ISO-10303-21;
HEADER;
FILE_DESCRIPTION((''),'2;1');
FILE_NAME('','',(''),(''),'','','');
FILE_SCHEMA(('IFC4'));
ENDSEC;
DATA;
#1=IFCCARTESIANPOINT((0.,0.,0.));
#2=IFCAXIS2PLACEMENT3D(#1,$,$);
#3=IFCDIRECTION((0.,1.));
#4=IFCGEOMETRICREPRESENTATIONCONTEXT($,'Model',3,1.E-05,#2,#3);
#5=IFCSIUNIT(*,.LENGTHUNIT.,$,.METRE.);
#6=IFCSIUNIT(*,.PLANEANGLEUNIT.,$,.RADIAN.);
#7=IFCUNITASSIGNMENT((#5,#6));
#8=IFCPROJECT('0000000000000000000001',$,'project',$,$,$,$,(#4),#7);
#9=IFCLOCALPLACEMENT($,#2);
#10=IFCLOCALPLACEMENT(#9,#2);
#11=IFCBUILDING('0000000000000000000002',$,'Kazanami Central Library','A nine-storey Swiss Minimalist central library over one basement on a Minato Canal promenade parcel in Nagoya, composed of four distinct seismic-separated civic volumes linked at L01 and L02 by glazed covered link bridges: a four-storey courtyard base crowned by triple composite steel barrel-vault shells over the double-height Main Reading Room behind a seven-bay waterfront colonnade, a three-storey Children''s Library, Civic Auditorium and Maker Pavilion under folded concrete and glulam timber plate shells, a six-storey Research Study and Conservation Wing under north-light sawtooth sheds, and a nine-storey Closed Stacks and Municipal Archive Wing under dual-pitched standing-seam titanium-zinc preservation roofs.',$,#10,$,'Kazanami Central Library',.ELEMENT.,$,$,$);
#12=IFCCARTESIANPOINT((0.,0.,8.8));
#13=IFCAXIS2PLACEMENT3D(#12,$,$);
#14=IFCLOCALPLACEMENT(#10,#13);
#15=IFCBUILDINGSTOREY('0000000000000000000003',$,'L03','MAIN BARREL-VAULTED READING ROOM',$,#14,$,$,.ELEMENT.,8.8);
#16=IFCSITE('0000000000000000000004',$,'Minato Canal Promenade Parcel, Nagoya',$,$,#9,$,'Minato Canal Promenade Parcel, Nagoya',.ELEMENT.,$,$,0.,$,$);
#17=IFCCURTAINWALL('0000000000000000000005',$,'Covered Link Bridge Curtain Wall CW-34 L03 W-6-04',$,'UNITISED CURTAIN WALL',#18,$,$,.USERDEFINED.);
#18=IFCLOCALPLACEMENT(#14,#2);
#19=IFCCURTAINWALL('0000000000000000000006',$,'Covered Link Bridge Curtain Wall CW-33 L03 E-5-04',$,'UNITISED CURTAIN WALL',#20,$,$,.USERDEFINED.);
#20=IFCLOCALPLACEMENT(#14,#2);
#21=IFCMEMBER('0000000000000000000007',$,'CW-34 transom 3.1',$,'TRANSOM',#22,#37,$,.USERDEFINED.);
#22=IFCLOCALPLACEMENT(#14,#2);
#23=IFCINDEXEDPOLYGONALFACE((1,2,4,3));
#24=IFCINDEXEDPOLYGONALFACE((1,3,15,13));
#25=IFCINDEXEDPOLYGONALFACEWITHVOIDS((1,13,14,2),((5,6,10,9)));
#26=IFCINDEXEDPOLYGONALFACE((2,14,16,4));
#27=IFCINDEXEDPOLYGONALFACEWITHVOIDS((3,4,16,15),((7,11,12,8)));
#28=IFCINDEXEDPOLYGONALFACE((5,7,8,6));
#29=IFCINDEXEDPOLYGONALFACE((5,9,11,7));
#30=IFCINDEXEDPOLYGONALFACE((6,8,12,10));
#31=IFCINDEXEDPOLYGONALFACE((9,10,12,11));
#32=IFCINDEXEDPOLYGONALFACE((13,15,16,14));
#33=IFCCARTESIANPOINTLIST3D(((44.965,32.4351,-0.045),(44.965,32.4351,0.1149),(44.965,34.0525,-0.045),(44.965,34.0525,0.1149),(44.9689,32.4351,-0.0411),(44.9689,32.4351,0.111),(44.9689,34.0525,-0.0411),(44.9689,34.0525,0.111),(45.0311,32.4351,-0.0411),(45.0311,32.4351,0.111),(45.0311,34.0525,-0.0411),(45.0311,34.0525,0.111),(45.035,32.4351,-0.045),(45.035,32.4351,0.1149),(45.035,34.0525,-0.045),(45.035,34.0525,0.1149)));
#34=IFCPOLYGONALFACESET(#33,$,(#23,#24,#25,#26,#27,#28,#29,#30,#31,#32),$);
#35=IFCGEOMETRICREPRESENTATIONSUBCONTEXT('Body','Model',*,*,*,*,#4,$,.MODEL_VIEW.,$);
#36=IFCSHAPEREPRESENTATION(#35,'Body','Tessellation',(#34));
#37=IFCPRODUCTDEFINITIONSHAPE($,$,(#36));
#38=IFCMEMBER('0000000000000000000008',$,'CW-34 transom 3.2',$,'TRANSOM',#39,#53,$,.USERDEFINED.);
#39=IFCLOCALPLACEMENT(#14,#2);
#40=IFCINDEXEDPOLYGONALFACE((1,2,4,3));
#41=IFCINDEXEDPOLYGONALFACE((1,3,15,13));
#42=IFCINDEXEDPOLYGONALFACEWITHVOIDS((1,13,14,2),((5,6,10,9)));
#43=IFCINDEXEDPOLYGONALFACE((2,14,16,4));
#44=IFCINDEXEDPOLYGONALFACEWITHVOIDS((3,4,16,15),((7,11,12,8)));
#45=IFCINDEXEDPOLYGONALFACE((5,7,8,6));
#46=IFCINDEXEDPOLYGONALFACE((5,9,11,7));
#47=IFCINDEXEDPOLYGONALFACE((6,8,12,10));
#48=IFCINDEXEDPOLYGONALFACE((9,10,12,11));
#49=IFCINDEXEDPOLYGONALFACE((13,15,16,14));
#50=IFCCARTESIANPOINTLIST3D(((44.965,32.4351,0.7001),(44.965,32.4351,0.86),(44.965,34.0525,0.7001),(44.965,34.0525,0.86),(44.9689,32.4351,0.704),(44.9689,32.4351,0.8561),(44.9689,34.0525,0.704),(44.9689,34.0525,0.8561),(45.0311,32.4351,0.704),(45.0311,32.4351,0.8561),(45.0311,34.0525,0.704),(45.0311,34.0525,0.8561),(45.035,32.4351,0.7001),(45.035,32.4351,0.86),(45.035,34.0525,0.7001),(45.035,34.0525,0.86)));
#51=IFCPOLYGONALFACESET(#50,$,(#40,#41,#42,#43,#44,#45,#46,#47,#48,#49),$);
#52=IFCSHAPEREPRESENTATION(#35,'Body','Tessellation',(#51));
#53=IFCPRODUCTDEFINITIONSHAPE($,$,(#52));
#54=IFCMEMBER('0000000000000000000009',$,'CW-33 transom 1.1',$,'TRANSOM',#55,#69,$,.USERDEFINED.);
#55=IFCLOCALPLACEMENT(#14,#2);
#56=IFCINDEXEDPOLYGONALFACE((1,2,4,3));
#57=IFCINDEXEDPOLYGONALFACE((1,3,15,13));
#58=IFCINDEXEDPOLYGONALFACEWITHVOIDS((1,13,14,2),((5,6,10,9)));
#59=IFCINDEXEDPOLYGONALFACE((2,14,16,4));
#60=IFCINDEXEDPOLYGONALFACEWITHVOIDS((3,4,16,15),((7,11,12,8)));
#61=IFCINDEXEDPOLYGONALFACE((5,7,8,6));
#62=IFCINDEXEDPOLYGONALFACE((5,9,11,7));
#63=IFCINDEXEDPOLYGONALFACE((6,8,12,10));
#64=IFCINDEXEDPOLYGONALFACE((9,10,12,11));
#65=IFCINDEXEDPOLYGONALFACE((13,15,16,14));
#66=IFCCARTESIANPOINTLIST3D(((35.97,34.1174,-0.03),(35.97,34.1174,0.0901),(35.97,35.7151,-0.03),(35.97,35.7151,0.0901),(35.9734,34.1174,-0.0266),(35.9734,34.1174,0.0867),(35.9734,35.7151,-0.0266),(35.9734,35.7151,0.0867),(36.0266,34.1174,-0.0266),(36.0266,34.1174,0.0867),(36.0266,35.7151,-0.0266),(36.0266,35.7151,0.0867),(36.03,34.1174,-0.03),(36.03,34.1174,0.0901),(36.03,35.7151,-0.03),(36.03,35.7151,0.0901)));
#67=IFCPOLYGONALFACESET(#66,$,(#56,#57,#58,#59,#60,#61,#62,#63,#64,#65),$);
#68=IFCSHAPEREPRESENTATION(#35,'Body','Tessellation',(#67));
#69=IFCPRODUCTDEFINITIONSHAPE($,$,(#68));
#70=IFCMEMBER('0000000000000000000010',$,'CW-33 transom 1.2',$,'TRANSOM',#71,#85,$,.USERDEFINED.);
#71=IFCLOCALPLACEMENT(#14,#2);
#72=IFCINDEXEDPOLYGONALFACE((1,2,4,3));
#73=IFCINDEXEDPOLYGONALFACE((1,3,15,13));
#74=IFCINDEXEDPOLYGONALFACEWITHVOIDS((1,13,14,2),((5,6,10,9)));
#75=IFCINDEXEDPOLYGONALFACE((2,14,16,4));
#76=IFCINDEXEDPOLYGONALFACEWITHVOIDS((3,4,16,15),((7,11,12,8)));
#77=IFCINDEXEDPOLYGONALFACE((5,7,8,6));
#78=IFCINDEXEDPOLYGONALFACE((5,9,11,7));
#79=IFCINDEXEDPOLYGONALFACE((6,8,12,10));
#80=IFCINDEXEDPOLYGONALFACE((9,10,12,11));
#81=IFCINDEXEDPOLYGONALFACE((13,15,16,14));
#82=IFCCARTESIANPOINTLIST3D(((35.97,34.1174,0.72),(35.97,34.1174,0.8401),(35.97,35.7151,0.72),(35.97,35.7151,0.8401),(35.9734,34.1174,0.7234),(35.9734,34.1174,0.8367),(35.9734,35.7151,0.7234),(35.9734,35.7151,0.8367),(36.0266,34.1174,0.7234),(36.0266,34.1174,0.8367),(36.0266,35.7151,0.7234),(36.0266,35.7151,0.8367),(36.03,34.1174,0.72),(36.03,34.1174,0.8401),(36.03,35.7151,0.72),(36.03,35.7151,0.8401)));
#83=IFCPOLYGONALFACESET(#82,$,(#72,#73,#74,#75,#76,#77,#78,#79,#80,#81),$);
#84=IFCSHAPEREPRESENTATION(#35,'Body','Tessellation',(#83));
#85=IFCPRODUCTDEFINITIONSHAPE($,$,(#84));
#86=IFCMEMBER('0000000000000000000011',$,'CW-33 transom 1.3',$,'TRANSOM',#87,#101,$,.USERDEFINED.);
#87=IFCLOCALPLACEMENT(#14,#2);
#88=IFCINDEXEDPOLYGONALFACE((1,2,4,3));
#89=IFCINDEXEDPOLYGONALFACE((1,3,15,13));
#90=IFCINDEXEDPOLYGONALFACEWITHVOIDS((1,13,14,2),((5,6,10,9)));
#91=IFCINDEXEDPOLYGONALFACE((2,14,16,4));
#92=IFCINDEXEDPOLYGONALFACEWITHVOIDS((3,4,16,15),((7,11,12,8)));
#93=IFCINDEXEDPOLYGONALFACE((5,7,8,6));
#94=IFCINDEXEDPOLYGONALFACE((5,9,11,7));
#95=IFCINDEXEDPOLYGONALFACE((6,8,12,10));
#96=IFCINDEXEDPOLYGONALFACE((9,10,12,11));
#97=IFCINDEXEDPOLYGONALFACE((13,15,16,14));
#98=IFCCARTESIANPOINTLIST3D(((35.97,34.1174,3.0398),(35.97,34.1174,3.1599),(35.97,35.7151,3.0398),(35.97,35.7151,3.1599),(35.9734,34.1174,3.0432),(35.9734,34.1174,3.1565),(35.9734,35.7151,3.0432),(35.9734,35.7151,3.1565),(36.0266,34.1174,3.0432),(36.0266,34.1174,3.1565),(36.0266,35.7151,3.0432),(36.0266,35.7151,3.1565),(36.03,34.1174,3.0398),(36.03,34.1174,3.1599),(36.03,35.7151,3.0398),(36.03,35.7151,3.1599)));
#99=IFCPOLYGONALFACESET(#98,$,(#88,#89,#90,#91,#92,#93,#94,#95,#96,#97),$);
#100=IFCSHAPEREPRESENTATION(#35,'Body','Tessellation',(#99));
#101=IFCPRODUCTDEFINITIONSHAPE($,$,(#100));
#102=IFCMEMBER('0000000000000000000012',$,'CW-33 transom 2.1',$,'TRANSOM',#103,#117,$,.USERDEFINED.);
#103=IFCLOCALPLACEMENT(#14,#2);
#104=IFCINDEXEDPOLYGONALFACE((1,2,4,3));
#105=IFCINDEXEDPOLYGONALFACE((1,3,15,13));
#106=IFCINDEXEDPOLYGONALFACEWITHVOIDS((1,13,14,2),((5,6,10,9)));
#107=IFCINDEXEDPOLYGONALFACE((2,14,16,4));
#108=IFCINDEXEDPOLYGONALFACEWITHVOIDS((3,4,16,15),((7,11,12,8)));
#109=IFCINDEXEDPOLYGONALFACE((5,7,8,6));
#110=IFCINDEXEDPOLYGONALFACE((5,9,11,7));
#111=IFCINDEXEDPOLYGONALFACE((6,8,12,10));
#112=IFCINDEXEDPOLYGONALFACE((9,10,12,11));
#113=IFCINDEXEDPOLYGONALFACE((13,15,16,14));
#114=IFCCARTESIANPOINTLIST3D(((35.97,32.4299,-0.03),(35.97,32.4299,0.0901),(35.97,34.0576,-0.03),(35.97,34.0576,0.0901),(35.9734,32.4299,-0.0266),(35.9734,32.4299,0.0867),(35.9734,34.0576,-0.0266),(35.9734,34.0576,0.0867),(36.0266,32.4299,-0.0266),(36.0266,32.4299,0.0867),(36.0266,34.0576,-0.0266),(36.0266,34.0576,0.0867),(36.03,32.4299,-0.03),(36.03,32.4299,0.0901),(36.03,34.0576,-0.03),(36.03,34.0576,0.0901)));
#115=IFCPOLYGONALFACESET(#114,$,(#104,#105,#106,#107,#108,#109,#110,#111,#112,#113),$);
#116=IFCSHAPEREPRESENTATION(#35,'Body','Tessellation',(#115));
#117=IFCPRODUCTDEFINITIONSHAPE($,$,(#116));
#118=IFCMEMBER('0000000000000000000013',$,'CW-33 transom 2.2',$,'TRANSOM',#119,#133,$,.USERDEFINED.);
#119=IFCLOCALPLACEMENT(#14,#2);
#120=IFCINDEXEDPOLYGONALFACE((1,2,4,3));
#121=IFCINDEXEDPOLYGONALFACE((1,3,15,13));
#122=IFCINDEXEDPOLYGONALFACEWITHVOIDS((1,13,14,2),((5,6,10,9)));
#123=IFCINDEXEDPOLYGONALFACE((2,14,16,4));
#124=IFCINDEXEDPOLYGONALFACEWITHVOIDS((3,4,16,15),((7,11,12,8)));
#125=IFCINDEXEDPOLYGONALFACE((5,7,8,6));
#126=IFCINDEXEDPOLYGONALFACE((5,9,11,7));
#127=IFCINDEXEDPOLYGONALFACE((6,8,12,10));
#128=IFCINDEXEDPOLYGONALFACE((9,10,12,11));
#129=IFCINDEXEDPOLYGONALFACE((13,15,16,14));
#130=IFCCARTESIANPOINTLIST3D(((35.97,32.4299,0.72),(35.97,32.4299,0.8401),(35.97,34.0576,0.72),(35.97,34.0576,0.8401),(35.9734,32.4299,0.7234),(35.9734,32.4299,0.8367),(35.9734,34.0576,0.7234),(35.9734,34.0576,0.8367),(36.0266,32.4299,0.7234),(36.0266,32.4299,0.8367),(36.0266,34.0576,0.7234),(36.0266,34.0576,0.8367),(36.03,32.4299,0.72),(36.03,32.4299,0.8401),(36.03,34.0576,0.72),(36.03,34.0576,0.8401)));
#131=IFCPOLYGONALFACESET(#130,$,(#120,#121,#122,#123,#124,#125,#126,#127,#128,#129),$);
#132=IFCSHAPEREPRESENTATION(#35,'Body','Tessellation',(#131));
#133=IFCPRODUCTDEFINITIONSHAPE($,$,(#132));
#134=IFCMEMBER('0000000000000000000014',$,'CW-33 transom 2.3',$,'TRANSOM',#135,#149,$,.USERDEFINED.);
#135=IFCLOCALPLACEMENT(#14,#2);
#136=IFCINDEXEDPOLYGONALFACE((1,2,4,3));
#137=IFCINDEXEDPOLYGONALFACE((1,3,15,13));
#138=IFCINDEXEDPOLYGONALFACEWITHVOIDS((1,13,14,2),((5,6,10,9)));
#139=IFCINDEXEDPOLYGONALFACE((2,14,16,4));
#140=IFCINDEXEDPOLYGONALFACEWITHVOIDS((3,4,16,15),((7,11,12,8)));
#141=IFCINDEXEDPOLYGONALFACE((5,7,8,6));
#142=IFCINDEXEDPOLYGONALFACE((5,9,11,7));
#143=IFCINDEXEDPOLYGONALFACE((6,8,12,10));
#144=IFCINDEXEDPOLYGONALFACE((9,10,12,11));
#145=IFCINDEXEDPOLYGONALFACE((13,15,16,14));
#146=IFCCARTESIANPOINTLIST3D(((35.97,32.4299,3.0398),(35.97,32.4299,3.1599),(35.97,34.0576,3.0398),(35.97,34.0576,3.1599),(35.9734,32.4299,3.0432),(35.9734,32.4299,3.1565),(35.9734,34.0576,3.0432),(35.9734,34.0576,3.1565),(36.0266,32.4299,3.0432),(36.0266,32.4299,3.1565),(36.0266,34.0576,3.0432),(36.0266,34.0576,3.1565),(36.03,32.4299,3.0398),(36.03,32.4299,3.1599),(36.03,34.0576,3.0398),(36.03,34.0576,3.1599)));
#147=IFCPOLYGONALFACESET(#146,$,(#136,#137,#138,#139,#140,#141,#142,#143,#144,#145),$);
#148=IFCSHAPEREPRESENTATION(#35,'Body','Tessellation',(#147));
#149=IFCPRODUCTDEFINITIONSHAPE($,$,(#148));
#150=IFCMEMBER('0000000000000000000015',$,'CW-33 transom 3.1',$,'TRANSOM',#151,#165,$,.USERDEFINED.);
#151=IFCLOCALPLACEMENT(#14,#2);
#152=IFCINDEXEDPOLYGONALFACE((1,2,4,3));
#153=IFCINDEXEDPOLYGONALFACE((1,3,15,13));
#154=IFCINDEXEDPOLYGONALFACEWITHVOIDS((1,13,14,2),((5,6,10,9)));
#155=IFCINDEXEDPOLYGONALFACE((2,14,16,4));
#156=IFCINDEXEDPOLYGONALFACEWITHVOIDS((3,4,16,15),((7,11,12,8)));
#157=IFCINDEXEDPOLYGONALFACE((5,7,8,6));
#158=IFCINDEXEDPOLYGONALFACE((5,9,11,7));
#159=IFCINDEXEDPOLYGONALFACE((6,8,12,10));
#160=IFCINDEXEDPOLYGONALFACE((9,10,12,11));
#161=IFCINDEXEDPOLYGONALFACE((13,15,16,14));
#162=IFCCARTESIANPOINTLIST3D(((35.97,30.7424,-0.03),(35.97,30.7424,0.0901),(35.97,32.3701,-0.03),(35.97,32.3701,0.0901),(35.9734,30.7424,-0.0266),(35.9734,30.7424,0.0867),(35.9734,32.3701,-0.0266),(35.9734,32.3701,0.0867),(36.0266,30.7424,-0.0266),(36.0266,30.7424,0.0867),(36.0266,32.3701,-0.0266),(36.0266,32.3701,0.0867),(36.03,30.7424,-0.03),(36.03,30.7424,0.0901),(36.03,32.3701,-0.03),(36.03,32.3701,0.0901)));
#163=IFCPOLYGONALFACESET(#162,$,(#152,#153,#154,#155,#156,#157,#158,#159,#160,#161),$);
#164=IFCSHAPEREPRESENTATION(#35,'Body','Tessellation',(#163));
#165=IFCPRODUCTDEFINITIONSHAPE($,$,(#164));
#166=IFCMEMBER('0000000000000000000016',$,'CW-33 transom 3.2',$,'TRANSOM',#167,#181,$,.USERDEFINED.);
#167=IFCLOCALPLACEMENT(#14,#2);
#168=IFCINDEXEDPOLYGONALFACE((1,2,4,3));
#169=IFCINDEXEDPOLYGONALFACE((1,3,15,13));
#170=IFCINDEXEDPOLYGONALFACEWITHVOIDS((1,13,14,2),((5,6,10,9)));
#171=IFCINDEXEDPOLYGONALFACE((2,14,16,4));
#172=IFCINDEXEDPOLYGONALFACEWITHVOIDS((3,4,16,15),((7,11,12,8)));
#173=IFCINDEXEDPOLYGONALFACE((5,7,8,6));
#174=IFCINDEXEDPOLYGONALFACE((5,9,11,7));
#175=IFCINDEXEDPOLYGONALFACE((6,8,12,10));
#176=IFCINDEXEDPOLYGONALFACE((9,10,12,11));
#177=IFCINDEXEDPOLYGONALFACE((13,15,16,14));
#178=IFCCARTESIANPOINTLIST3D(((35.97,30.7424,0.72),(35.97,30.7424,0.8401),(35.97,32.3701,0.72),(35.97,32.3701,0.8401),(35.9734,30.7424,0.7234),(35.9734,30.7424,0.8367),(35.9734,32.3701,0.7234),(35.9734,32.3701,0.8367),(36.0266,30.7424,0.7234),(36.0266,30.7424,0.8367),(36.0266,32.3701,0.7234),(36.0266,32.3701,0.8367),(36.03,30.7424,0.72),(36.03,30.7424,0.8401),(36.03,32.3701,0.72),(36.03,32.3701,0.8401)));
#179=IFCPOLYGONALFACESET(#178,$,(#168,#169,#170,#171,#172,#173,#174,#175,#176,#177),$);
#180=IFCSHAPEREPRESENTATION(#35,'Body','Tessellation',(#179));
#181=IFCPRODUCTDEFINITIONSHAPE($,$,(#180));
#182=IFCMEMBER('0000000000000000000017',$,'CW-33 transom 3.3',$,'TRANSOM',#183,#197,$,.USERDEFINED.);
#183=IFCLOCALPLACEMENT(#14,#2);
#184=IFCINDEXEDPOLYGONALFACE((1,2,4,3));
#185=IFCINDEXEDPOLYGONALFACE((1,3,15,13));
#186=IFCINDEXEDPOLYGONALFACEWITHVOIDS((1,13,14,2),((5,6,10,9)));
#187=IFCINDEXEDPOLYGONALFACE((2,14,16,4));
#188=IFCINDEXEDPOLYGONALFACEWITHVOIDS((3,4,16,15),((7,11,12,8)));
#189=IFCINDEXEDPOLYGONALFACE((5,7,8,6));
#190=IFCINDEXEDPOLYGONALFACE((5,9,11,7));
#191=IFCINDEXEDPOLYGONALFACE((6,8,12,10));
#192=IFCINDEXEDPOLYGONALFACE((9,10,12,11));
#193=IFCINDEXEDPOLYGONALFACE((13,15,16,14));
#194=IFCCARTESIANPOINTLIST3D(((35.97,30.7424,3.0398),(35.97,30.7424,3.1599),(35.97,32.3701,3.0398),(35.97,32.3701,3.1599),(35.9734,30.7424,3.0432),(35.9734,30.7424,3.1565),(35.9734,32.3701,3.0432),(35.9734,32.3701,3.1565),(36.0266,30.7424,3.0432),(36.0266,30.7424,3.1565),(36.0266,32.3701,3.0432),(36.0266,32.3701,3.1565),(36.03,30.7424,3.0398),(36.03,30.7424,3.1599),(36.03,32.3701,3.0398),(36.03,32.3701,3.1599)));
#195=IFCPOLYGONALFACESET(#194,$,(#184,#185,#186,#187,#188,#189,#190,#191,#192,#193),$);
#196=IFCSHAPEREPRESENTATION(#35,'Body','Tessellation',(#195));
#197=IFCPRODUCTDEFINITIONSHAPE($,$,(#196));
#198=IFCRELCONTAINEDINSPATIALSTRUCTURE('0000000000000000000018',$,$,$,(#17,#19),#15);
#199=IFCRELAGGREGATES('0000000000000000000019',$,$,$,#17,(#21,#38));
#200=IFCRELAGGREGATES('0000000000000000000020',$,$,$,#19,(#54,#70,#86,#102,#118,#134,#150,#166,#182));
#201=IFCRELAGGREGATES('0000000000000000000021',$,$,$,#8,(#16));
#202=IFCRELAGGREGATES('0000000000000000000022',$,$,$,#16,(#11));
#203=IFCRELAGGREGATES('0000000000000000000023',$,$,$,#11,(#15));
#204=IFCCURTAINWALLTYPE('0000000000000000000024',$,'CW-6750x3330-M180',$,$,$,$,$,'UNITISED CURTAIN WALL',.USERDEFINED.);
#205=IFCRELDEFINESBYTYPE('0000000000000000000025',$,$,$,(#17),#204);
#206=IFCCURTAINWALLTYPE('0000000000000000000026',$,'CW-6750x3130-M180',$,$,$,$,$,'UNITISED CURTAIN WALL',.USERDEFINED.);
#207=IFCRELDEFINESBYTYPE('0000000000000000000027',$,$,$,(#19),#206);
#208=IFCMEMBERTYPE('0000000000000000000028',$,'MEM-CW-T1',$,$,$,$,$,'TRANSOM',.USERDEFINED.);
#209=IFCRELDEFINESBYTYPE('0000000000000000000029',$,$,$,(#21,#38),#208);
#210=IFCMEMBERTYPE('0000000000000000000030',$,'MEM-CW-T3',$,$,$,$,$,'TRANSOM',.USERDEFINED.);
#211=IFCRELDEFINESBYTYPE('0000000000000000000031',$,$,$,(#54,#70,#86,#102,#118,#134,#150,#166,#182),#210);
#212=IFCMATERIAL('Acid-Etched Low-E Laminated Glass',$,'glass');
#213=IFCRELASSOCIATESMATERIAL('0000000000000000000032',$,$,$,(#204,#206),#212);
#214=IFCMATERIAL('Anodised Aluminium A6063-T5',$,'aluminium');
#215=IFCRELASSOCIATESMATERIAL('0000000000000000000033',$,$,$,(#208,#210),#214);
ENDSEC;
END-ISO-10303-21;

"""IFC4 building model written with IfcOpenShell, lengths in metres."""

from ifc_helpers import new_model, si_unit, direction, frame, origin, origin_2d, place, context, subcontext, project, spatial, hollow_rectangle, extrude, material, material_profile, profile_set, type_object, element, aggregate, save


model = new_model("IFC4")

# Units and contexts
model_context = context("Model", 3, precision=1e-05, world=origin(), true_north=direction((0.0, 1.0)))
body_context = subcontext(model_context, "Body", "Model", "MODEL_VIEW")
ifc_project = project(units=[si_unit("LENGTHUNIT", "METRE"), si_unit("PLANEANGLEUNIT", "RADIAN")], contexts=[model_context])

# Site, building, storey
site_placement = place(None, origin())
site = spatial("IfcSite", under=ifc_project, at=site_placement, Name="Minato Canal Promenade Parcel, Nagoya", LongName="Minato Canal Promenade Parcel, Nagoya", CompositionType="ELEMENT", RefElevation=0.0)
building_placement = place(site_placement, origin())
building = spatial("IfcBuilding", under=site, at=building_placement, Name="Kazanami Central Library", Description="A nine-storey Swiss Minimalist central library over one basement on a Minato Canal promenade parcel in Nagoya, composed of four distinct seismic-separated civic volumes linked at L01 and L02 by glazed covered link bridges: a four-storey courtyard base crowned by triple composite steel barrel-vault shells over the double-height Main Reading Room behind a seven-bay waterfront colonnade, a three-storey Children's Library, Civic Auditorium and Maker Pavilion under folded concrete and glulam timber plate shells, a six-storey Research Study and Conservation Wing under north-light sawtooth sheds, and a nine-storey Closed Stacks and Municipal Archive Wing under dual-pitched standing-seam titanium-zinc preservation roofs.", LongName="Kazanami Central Library", CompositionType="ELEMENT")
storey_placement = place(building_placement, frame((0.0, 0.0, 8.8)))
storey = spatial("IfcBuildingStorey", under=building, at=storey_placement, Name="L03", Description="MAIN BARREL-VAULTED READING ROOM", CompositionType="ELEMENT", Elevation=8.8)

# Curtain walls
ifc_material_1 = material(Name="Acid-Etched Low-E Laminated Glass", Category="glass")
curtain_wall_type_1 = type_object("IfcCurtainWallType", Name="CW-6750x3330-M180", ElementType="UNITISED CURTAIN WALL", PredefinedType="USERDEFINED", material=ifc_material_1)
curtain_wall_1_placement = place(storey_placement, origin())
curtain_wall_1 = element("IfcCurtainWall", 1, at=curtain_wall_1_placement, inside=storey, type_object=curtain_wall_type_1, Name="Covered Link Bridge Curtain Wall CW-34 L03 W-6-04", ObjectType="UNITISED CURTAIN WALL", PredefinedType="USERDEFINED")
ifc_material_2 = material(Name="Anodised Aluminium A6063-T5", Category="aluminium")
curtain_wall_type_2 = type_object("IfcCurtainWallType", Name="CW-6750x3130-M180", ElementType="UNITISED CURTAIN WALL", PredefinedType="USERDEFINED", material=ifc_material_1)
curtain_wall_2_placement = place(storey_placement, origin())
curtain_wall_2 = element("IfcCurtainWall", 2, at=curtain_wall_2_placement, inside=storey, type_object=curtain_wall_type_2, Name="Covered Link Bridge Curtain Wall CW-33 L03 E-5-04", ObjectType="UNITISED CURTAIN WALL", PredefinedType="USERDEFINED")

# Members
ifc_material_profile_1 = material_profile(ifc_material_2, hollow_rectangle(XDim=0.0701, YDim=0.1599, WallThickness=0.0039, at=origin_2d()), Name="ALU-TRAN-70x160x4")
ifc_profile_set_1 = profile_set([ifc_material_profile_1], Name="Anodised Aluminium A6063-T5")
member_type_1 = type_object("IfcMemberType", Name="MEM-CW-T1", ElementType="TRANSOM", PredefinedType="USERDEFINED", material=ifc_profile_set_1)
member_1_placement = place(storey_placement, frame((45.0, 32.4351, 0.0349), z_axis=(0.0, 1.0, 0.0), x_axis=(-1.0, 0.0, 0.0)))
member_1 = element("IfcMember", 3, at=member_1_placement, type_object=member_type_1, Name="CW-34 transom 3.1", ObjectType="TRANSOM", PredefinedType="USERDEFINED", context=body_context, shape_type="SweptSolid", body=[
    extrude(hollow_rectangle(XDim=0.0701, YDim=0.1599, WallThickness=0.0039, at=origin_2d()), origin(), (0.0, 0.0, 1.0), 1.6174),
])
member_2_placement = place(storey_placement, frame((45.0, 32.4351, 0.78), z_axis=(0.0, 1.0, 0.0), x_axis=(-1.0, 0.0, 0.0)))
member_2 = element("IfcMember", 4, at=member_2_placement, type_object=member_type_1, Name="CW-34 transom 3.2", ObjectType="TRANSOM", PredefinedType="USERDEFINED", context=body_context, shape_type="SweptSolid", body=[
    extrude(hollow_rectangle(XDim=0.0701, YDim=0.1599, WallThickness=0.0039, at=origin_2d()), origin(), (0.0, 0.0, 1.0), 1.6174),
])
ifc_material_profile_2 = material_profile(ifc_material_2, hollow_rectangle(XDim=0.0601, YDim=0.1201, WallThickness=0.0034, at=origin_2d()), Name="ALU-TRAN-60x120x3.5")
ifc_profile_set_2 = profile_set([ifc_material_profile_2], Name="Anodised Aluminium A6063-T5")
member_type_2 = type_object("IfcMemberType", Name="MEM-CW-T3", ElementType="TRANSOM", PredefinedType="USERDEFINED", material=ifc_profile_set_2)
member_3_placement = place(storey_placement, frame((36.0, 35.7151, 0.03), z_axis=(0.0, -1.0, 0.0), x_axis=(1.0, 0.0, 0.0)))
member_3 = element("IfcMember", 5, at=member_3_placement, type_object=member_type_2, Name="CW-33 transom 1.1", ObjectType="TRANSOM", PredefinedType="USERDEFINED", context=body_context, shape_type="SweptSolid", body=[
    extrude(hollow_rectangle(XDim=0.0601, YDim=0.1201, WallThickness=0.0034, at=origin_2d()), origin(), (0.0, 0.0, 1.0), 1.5977),
])
member_4_placement = place(storey_placement, frame((36.0, 35.7151, 0.78), z_axis=(0.0, -1.0, 0.0), x_axis=(1.0, 0.0, 0.0)))
member_4 = element("IfcMember", 6, at=member_4_placement, type_object=member_type_2, Name="CW-33 transom 1.2", ObjectType="TRANSOM", PredefinedType="USERDEFINED", context=body_context, shape_type="SweptSolid", body=[
    extrude(hollow_rectangle(XDim=0.0601, YDim=0.1201, WallThickness=0.0034, at=origin_2d()), origin(), (0.0, 0.0, 1.0), 1.5977),
])
member_5_placement = place(storey_placement, frame((36.0, 35.7151, 3.0999), z_axis=(0.0, -1.0, 0.0), x_axis=(1.0, 0.0, 0.0)))
member_5 = element("IfcMember", 7, at=member_5_placement, type_object=member_type_2, Name="CW-33 transom 1.3", ObjectType="TRANSOM", PredefinedType="USERDEFINED", context=body_context, shape_type="SweptSolid", body=[
    extrude(hollow_rectangle(XDim=0.0601, YDim=0.1201, WallThickness=0.0034, at=origin_2d()), origin(), (0.0, 0.0, 1.0), 1.5977),
])
member_6_placement = place(storey_placement, frame((36.0, 34.0576, 0.03), z_axis=(0.0, -1.0, 0.0), x_axis=(1.0, 0.0, 0.0)))
member_6 = element("IfcMember", 8, at=member_6_placement, type_object=member_type_2, Name="CW-33 transom 2.1", ObjectType="TRANSOM", PredefinedType="USERDEFINED", context=body_context, shape_type="SweptSolid", body=[
    extrude(hollow_rectangle(XDim=0.0601, YDim=0.1201, WallThickness=0.0034, at=origin_2d()), origin(), (0.0, 0.0, 1.0), 1.6277),
])
member_7_placement = place(storey_placement, frame((36.0, 34.0576, 0.78), z_axis=(0.0, -1.0, 0.0), x_axis=(1.0, 0.0, 0.0)))
member_7 = element("IfcMember", 9, at=member_7_placement, type_object=member_type_2, Name="CW-33 transom 2.2", ObjectType="TRANSOM", PredefinedType="USERDEFINED", context=body_context, shape_type="SweptSolid", body=[
    extrude(hollow_rectangle(XDim=0.0601, YDim=0.1201, WallThickness=0.0034, at=origin_2d()), origin(), (0.0, 0.0, 1.0), 1.6277),
])
member_8_placement = place(storey_placement, frame((36.0, 34.0576, 3.0999), z_axis=(0.0, -1.0, 0.0), x_axis=(1.0, 0.0, 0.0)))
member_8 = element("IfcMember", 10, at=member_8_placement, type_object=member_type_2, Name="CW-33 transom 2.3", ObjectType="TRANSOM", PredefinedType="USERDEFINED", context=body_context, shape_type="SweptSolid", body=[
    extrude(hollow_rectangle(XDim=0.0601, YDim=0.1201, WallThickness=0.0034, at=origin_2d()), origin(), (0.0, 0.0, 1.0), 1.6277),
])
member_9_placement = place(storey_placement, frame((36.0, 32.3701, 0.03), z_axis=(0.0, -1.0, 0.0), x_axis=(1.0, 0.0, 0.0)))
member_9 = element("IfcMember", 11, at=member_9_placement, type_object=member_type_2, Name="CW-33 transom 3.1", ObjectType="TRANSOM", PredefinedType="USERDEFINED", context=body_context, shape_type="SweptSolid", body=[
    extrude(hollow_rectangle(XDim=0.0601, YDim=0.1201, WallThickness=0.0034, at=origin_2d()), origin(), (0.0, 0.0, 1.0), 1.6277),
])
member_10_placement = place(storey_placement, frame((36.0, 32.3701, 0.78), z_axis=(0.0, -1.0, 0.0), x_axis=(1.0, 0.0, 0.0)))
member_10 = element("IfcMember", 12, at=member_10_placement, type_object=member_type_2, Name="CW-33 transom 3.2", ObjectType="TRANSOM", PredefinedType="USERDEFINED", context=body_context, shape_type="SweptSolid", body=[
    extrude(hollow_rectangle(XDim=0.0601, YDim=0.1201, WallThickness=0.0034, at=origin_2d()), origin(), (0.0, 0.0, 1.0), 1.6277),
])
member_11_placement = place(storey_placement, frame((36.0, 32.3701, 3.0999), z_axis=(0.0, -1.0, 0.0), x_axis=(1.0, 0.0, 0.0)))
member_11 = element("IfcMember", 13, at=member_11_placement, type_object=member_type_2, Name="CW-33 transom 3.3", ObjectType="TRANSOM", PredefinedType="USERDEFINED", context=body_context, shape_type="SweptSolid", body=[
    extrude(hollow_rectangle(XDim=0.0601, YDim=0.1201, WallThickness=0.0034, at=origin_2d()), origin(), (0.0, 0.0, 1.0), 1.6277),
])

aggregate(curtain_wall_1, [member_1, member_2])
aggregate(curtain_wall_2, [member_3, member_4, member_5, member_6, member_7, member_8, member_9, member_10, member_11])

save(model, "model.ifc")
